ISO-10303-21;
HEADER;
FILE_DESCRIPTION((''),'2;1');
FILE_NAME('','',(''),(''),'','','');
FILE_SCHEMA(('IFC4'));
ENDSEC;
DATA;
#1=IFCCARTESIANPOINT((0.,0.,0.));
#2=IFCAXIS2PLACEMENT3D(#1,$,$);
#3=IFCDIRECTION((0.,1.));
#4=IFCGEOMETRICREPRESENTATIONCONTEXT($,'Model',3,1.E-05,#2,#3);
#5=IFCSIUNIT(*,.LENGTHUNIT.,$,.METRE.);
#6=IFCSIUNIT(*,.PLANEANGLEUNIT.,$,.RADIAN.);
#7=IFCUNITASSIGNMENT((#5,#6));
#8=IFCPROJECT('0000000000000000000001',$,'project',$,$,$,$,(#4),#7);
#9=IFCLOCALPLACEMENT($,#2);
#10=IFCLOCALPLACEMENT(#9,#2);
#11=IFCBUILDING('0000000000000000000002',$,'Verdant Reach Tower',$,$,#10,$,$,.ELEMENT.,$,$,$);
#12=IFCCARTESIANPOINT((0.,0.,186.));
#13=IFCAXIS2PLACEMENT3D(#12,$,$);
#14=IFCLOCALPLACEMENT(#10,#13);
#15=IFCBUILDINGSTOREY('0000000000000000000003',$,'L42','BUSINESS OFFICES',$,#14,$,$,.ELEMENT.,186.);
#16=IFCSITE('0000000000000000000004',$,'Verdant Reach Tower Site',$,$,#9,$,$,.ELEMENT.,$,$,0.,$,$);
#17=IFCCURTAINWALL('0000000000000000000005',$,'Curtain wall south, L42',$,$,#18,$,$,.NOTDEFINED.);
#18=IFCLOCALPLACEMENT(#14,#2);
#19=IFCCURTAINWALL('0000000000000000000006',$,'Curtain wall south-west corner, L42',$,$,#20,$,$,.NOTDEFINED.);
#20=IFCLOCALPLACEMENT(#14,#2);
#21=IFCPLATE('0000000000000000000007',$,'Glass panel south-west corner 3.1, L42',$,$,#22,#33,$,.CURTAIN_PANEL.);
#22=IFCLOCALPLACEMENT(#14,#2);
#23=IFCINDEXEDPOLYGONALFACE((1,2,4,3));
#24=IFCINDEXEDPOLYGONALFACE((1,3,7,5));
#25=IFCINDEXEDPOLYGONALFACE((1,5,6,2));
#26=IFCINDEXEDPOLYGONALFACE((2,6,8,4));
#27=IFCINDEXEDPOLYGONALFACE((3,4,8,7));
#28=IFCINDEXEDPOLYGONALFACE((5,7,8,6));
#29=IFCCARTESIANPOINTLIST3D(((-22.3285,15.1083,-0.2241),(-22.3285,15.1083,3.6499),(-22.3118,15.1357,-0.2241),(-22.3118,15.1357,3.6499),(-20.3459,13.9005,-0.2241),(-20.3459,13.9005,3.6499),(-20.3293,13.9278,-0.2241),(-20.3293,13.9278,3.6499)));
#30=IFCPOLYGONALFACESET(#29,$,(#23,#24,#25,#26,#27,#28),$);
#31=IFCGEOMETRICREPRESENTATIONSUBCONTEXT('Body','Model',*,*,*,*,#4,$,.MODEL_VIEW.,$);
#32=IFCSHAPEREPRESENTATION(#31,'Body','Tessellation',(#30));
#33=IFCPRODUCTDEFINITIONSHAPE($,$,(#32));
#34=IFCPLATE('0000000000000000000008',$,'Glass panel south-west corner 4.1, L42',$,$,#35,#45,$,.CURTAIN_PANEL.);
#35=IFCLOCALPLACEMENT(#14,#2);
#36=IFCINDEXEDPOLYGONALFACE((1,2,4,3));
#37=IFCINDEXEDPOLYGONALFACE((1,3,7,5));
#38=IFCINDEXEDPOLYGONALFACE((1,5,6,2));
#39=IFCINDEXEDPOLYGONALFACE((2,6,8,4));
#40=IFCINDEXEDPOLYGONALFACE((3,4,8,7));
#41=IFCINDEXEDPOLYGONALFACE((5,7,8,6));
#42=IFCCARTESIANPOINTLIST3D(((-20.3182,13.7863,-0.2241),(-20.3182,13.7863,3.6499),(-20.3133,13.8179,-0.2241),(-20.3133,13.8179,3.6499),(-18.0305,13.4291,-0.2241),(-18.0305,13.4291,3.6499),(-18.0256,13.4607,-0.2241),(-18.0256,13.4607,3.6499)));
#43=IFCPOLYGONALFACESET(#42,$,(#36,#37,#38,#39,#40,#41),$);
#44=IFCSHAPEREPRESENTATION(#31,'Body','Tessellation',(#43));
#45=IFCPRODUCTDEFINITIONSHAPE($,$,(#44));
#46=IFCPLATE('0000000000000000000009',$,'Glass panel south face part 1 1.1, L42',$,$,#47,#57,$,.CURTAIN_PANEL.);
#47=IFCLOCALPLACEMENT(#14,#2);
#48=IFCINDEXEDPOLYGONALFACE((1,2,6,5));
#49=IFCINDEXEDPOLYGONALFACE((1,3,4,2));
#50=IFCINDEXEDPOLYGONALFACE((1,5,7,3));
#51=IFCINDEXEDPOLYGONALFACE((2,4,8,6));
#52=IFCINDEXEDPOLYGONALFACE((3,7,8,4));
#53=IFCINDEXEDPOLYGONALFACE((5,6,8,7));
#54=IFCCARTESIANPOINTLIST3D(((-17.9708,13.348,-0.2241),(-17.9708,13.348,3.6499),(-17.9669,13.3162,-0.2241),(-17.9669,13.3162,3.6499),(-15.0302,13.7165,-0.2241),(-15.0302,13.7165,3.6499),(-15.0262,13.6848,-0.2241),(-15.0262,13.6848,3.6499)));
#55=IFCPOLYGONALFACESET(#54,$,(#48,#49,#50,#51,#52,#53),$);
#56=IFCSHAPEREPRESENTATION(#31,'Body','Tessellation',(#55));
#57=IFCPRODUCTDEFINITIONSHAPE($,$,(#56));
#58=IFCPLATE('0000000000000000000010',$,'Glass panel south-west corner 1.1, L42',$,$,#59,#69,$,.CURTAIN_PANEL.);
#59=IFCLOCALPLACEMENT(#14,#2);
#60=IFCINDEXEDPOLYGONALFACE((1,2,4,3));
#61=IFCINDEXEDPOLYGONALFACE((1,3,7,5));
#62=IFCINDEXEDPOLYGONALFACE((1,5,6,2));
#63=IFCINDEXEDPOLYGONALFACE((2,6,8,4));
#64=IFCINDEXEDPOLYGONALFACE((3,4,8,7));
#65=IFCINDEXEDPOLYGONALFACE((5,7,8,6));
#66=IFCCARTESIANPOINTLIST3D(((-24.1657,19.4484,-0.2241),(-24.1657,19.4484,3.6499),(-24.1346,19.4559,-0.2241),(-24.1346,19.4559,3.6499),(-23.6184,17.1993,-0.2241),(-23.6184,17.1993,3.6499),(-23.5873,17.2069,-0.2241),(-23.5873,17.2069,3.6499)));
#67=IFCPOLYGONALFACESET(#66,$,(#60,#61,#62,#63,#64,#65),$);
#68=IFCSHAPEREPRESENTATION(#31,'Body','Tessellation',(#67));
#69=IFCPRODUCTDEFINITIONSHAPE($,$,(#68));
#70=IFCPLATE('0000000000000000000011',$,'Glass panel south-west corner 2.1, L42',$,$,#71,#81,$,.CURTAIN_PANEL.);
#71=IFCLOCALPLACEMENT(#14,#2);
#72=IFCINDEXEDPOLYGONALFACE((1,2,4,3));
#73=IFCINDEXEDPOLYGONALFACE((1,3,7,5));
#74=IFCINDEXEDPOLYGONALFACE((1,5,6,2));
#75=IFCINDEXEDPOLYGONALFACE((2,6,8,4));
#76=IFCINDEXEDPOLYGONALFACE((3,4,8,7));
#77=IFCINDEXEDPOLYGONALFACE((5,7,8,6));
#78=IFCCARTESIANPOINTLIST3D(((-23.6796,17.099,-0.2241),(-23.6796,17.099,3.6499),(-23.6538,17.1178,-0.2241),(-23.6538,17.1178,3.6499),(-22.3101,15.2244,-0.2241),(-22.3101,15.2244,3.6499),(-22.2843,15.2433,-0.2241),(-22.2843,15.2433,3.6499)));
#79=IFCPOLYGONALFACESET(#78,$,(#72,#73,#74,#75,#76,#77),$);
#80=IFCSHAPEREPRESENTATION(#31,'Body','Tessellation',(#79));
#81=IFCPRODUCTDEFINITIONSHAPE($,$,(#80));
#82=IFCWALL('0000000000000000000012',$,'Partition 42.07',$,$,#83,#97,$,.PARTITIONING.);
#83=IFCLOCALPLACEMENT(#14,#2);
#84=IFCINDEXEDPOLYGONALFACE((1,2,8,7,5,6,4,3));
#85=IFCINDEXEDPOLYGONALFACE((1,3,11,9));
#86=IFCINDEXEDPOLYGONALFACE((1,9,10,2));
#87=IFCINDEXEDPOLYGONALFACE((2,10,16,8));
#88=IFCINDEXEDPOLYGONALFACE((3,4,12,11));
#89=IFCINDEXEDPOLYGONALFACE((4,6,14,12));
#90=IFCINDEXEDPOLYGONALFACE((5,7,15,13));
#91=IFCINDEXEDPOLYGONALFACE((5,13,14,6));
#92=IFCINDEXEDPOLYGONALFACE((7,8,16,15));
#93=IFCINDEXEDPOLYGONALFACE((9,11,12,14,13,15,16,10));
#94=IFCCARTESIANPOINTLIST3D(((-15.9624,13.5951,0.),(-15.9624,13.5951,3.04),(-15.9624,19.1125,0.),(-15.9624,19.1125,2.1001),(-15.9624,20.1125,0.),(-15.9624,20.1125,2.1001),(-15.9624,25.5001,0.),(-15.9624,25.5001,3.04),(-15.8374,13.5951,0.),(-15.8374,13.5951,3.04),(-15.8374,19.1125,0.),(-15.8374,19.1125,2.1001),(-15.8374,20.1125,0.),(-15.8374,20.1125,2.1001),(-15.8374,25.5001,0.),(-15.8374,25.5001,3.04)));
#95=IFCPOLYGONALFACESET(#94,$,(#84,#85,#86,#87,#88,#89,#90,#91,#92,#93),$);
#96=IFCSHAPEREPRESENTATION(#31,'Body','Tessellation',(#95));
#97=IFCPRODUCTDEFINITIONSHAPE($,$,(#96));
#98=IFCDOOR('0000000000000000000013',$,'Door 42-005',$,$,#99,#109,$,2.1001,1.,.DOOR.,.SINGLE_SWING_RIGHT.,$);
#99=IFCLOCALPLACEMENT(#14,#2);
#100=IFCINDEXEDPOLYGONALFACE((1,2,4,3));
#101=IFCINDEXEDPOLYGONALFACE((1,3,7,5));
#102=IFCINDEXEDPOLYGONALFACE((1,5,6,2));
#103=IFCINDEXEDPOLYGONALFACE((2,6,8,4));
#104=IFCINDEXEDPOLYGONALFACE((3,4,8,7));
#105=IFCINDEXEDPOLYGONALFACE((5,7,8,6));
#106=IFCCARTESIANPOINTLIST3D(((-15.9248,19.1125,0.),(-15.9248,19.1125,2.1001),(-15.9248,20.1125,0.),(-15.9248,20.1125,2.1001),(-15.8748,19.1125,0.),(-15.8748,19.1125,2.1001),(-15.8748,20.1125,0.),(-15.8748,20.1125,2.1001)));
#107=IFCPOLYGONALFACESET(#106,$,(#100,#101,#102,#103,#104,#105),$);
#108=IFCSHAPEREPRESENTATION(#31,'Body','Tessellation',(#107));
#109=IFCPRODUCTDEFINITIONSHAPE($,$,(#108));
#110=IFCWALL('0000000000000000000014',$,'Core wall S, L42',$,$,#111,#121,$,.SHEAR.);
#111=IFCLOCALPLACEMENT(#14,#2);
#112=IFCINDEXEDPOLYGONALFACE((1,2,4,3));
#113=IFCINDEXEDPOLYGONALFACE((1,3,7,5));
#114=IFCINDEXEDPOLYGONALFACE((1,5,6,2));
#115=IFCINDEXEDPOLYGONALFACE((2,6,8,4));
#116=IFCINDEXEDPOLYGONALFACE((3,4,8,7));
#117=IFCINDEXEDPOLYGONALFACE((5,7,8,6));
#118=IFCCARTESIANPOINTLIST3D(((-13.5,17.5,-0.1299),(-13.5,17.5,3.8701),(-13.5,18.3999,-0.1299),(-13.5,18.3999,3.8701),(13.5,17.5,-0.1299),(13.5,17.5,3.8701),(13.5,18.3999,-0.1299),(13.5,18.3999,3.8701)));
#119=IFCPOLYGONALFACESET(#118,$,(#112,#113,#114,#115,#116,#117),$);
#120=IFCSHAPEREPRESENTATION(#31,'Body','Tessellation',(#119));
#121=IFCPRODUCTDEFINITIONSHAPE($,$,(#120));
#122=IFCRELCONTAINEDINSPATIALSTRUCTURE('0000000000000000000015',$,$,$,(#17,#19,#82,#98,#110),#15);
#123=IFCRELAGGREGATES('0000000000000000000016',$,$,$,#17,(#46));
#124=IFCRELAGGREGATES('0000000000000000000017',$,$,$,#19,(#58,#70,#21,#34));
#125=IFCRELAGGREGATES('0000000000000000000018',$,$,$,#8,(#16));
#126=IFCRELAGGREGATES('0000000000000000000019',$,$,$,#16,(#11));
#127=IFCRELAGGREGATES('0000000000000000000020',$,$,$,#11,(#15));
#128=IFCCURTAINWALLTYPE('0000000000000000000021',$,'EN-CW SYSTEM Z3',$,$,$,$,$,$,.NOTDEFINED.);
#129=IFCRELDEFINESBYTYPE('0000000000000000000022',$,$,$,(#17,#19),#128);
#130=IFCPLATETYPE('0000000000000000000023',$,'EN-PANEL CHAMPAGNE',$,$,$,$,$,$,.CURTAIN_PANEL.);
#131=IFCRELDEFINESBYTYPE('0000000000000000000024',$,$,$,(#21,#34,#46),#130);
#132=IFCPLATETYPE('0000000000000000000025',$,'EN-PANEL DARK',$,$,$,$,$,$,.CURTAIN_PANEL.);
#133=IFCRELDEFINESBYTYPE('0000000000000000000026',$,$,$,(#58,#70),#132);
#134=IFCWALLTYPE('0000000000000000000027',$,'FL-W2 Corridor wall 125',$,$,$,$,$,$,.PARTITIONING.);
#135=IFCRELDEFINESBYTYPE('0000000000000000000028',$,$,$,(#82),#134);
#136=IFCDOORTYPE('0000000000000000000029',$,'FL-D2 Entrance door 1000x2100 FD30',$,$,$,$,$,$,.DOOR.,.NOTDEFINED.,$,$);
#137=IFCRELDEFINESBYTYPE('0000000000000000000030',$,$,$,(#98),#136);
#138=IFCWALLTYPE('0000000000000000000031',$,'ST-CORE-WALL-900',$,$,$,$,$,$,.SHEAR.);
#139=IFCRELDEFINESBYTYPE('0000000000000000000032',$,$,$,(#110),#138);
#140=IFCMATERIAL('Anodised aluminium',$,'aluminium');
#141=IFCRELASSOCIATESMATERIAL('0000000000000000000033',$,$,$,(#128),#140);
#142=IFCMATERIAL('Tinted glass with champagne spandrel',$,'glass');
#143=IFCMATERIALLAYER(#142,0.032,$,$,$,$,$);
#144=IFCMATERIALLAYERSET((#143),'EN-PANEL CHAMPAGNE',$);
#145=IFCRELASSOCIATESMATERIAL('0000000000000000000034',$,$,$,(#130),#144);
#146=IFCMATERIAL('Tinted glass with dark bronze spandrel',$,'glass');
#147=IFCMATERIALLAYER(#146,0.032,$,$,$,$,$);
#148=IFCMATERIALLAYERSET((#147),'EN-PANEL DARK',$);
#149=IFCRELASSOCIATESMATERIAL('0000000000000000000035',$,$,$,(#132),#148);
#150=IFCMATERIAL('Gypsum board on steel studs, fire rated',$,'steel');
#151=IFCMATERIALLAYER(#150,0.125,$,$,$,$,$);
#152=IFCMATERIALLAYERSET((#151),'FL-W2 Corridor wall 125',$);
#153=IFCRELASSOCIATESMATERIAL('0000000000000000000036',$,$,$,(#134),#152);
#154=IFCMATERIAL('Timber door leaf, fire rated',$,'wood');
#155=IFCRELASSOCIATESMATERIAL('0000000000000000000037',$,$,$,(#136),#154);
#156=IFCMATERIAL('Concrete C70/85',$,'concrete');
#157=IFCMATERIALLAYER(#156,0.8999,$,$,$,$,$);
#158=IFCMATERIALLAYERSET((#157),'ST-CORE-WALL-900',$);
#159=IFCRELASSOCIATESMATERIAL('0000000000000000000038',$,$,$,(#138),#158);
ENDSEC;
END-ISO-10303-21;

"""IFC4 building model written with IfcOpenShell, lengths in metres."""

from ifc_helpers import new_model, si_unit, direction, frame, frame_2d, origin, origin_2d, place, context, subcontext, project, spatial, rectangle, extrude, material, layer, layer_set, type_object, element, fill, aggregate, save


model = new_model("IFC4")

# Units and contexts
model_context = context("Model", 3, precision=1e-05, world=origin(), true_north=direction((0.0, 1.0)))
body_context = subcontext(model_context, "Body", "Model", "MODEL_VIEW")
ifc_project = project(units=[si_unit("LENGTHUNIT", "METRE"), si_unit("PLANEANGLEUNIT", "RADIAN")], contexts=[model_context])

# Site, building, storey
site_placement = place(None, origin())
site = spatial("IfcSite", under=ifc_project, at=site_placement, Name="Verdant Reach Tower Site", CompositionType="ELEMENT", RefElevation=0.0)
building_placement = place(site_placement, origin())
building = spatial("IfcBuilding", under=site, at=building_placement, Name="Verdant Reach Tower", CompositionType="ELEMENT")
storey_placement = place(building_placement, frame((0.0, 0.0, 186.0)))
storey = spatial("IfcBuildingStorey", under=building, at=storey_placement, Name="L42", Description="BUSINESS OFFICES", CompositionType="ELEMENT", Elevation=186.0)

# Curtain wall
ifc_material_1 = material(Name="Anodised aluminium", Category="aluminium")
curtain_wall_type = type_object("IfcCurtainWallType", Name="EN-CW SYSTEM Z3", PredefinedType="NOTDEFINED", material=ifc_material_1)
curtain_wall_1_placement = place(storey_placement, origin())
curtain_wall_1 = element("IfcCurtainWall", 1, at=curtain_wall_1_placement, inside=storey, type_object=curtain_wall_type, Name="Curtain wall south, L42", PredefinedType="NOTDEFINED")

# Curtain wall, plates
curtain_wall_2_placement = place(storey_placement, origin())
curtain_wall_2 = element("IfcCurtainWall", 2, at=curtain_wall_2_placement, inside=storey, type_object=curtain_wall_type, Name="Curtain wall south-west corner, L42", PredefinedType="NOTDEFINED")
ifc_material_2 = material(Name="Tinted glass with champagne spandrel", Category="glass")
ifc_layer_1 = layer(ifc_material_2, 0.032)
ifc_layer_set_1 = layer_set([ifc_layer_1], Name="EN-PANEL CHAMPAGNE")
plate_type_1 = type_object("IfcPlateType", Name="EN-PANEL CHAMPAGNE", PredefinedType="CURTAIN_PANEL", material=ifc_layer_set_1)
plate_1_placement = place(storey_placement, frame((-21.3289, 14.5181, -0.2241), z_axis=(0.0, 0.0, 1.0), x_axis=(0.853989, -0.520292, 0.0)))
plate_1 = element("IfcPlate", 3, at=plate_1_placement, type_object=plate_type_1, Name="Glass panel south-west corner 3.1, L42", PredefinedType="CURTAIN_PANEL", context=body_context, shape_type="SweptSolid", body=[
    extrude(rectangle(XDim=2.3215, YDim=0.032, at=origin_2d()), origin(), (0.0, 0.0, 1.0), 3.874),
])
plate_2_placement = place(storey_placement, frame((-19.1719, 13.6235, -0.2241), z_axis=(0.0, 0.0, 1.0), x_axis=(0.988029, -0.154268, 0.0)))
plate_2 = element("IfcPlate", 4, at=plate_2_placement, type_object=plate_type_1, Name="Glass panel south-west corner 4.1, L42", PredefinedType="CURTAIN_PANEL", context=body_context, shape_type="SweptSolid", body=[
    extrude(rectangle(XDim=2.3154, YDim=0.032, at=origin_2d()), origin(), (0.0, 0.0, 1.0), 3.874),
])

# Plates
plate_3_placement = place(storey_placement, frame((-16.4985, 13.5164, -0.2241), z_axis=(0.0, 0.0, 1.0), x_axis=(0.992238, 0.124355, 0.0)))
plate_3 = element("IfcPlate", 5, at=plate_3_placement, type_object=plate_type_1, Name="Glass panel south face part 1 1.1, L42", PredefinedType="CURTAIN_PANEL", context=body_context, shape_type="SweptSolid", body=[
    extrude(rectangle(XDim=2.9636, YDim=0.032, at=origin_2d()), origin(), (0.0, 0.0, 1.0), 3.874),
])
aggregate(curtain_wall_1, [plate_3])
ifc_material_3 = material(Name="Tinted glass with dark bronze spandrel", Category="glass")
ifc_layer_2 = layer(ifc_material_3, 0.032)
ifc_layer_set_2 = layer_set([ifc_layer_2], Name="EN-PANEL DARK")
plate_type_2 = type_object("IfcPlateType", Name="EN-PANEL DARK", PredefinedType="CURTAIN_PANEL", material=ifc_layer_set_2)
plate_4_placement = place(storey_placement, frame((-23.8765, 18.3276, -0.2241), z_axis=(0.0, 0.0, 1.0), x_axis=(0.236446, -0.971645, 0.0)))
plate_4 = element("IfcPlate", 6, at=plate_4_placement, type_object=plate_type_2, Name="Glass panel south-west corner 1.1, L42", PredefinedType="CURTAIN_PANEL", context=body_context, shape_type="SweptSolid", body=[
    extrude(rectangle(XDim=2.3147, YDim=0.032, at=origin_2d()), origin(), (0.0, 0.0, 1.0), 3.874),
])
plate_5_placement = place(storey_placement, frame((-22.9819, 16.1711, -0.2241), z_axis=(0.0, 0.0, 1.0), x_axis=(0.589927, -0.807457, 0.0)))
plate_5 = element("IfcPlate", 7, at=plate_5_placement, type_object=plate_type_2, Name="Glass panel south-west corner 2.1, L42", PredefinedType="CURTAIN_PANEL", context=body_context, shape_type="SweptSolid", body=[
    extrude(rectangle(XDim=2.3215, YDim=0.032, at=origin_2d()), origin(), (0.0, 0.0, 1.0), 3.874),
])
aggregate(curtain_wall_2, [plate_4, plate_5, plate_1, plate_2])

# Wall, opening, door
ifc_material_4 = material(Name="Gypsum board on steel studs, fire rated", Category="steel")
ifc_layer_3 = layer(ifc_material_4, 0.125)
ifc_layer_set_3 = layer_set([ifc_layer_3], Name="FL-W2 Corridor wall 125")
wall_type_1 = type_object("IfcWallType", Name="FL-W2 Corridor wall 125", PredefinedType="PARTITIONING", material=ifc_layer_set_3)
wall_1_placement = place(storey_placement, frame((-15.8999, 13.595, 0.0), z_axis=(0.0, 0.0, 1.0), x_axis=(0.0, 1.0, 0.0)))
wall_1 = element("IfcWall", 8, at=wall_1_placement, inside=storey, type_object=wall_type_1, Name="Partition 42.07", PredefinedType="PARTITIONING", context=body_context, shape_type="SweptSolid", body=[
    extrude(rectangle(XDim=11.905, YDim=0.125, at=frame_2d((5.9526, 0.0))), origin(), (0.0, 0.0, 1.0), 3.04),
])
opening_placement = place(wall_1_placement, frame((5.5176, 0.0, 0.0)))
opening = element("IfcOpeningElement", 9, at=opening_placement, cuts=wall_1, PredefinedType="OPENING", context=body_context, shape_type="SweptSolid", body=[
    extrude(rectangle(XDim=1.0, YDim=2.1001, at=frame_2d((0.5, 1.05))), frame((0.0, 0.0725, 0.0), z_axis=(0.0, -1.0, 0.0), x_axis=(1.0, 0.0, 0.0)), (0.0, 0.0, 1.0), 0.145),
])
ifc_material_5 = material(Name="Timber door leaf, fire rated", Category="wood")
door_type = type_object("IfcDoorType", Name="FL-D2 Entrance door 1000x2100 FD30", OperationType="NOTDEFINED", PredefinedType="DOOR", material=ifc_material_5)
door_placement = place(opening_placement, origin())
door = element("IfcDoor", 10, at=door_placement, inside=storey, type_object=door_type, Name="Door 42-005", OperationType="SINGLE_SWING_RIGHT", OverallHeight=2.1001, OverallWidth=1.0, PredefinedType="DOOR", context=body_context, shape_type="SweptSolid", body=[
    extrude(rectangle(XDim=1.0, YDim=2.1001, at=frame_2d((0.5, 1.05))), frame((0.0, 0.0249, 0.0), z_axis=(0.0, -1.0, 0.0), x_axis=(1.0, 0.0, 0.0)), (0.0, 0.0, 1.0), 0.05),
])
fill(opening, door)

# Wall
ifc_material_6 = material(Name="Concrete C70/85", Category="concrete")
ifc_layer_4 = layer(ifc_material_6, 0.8999)
ifc_layer_set_4 = layer_set([ifc_layer_4], Name="ST-CORE-WALL-900")
wall_type_2 = type_object("IfcWallType", Name="ST-CORE-WALL-900", PredefinedType="SHEAR", material=ifc_layer_set_4)
wall_2_placement = place(storey_placement, frame((-13.5, 17.95, -0.1299), z_axis=(0.0, 0.0, 1.0), x_axis=(1.0, 0.0, 0.0)))
element("IfcWall", 11, at=wall_2_placement, inside=storey, type_object=wall_type_2, Name="Core wall S, L42", PredefinedType="SHEAR", context=body_context, shape_type="SweptSolid", body=[
    extrude(rectangle(XDim=27.0, YDim=0.8999, at=frame_2d((13.5, 0.0))), origin(), (0.0, 0.0, 1.0), 4.0),
])

save(model, "model.ifc")
